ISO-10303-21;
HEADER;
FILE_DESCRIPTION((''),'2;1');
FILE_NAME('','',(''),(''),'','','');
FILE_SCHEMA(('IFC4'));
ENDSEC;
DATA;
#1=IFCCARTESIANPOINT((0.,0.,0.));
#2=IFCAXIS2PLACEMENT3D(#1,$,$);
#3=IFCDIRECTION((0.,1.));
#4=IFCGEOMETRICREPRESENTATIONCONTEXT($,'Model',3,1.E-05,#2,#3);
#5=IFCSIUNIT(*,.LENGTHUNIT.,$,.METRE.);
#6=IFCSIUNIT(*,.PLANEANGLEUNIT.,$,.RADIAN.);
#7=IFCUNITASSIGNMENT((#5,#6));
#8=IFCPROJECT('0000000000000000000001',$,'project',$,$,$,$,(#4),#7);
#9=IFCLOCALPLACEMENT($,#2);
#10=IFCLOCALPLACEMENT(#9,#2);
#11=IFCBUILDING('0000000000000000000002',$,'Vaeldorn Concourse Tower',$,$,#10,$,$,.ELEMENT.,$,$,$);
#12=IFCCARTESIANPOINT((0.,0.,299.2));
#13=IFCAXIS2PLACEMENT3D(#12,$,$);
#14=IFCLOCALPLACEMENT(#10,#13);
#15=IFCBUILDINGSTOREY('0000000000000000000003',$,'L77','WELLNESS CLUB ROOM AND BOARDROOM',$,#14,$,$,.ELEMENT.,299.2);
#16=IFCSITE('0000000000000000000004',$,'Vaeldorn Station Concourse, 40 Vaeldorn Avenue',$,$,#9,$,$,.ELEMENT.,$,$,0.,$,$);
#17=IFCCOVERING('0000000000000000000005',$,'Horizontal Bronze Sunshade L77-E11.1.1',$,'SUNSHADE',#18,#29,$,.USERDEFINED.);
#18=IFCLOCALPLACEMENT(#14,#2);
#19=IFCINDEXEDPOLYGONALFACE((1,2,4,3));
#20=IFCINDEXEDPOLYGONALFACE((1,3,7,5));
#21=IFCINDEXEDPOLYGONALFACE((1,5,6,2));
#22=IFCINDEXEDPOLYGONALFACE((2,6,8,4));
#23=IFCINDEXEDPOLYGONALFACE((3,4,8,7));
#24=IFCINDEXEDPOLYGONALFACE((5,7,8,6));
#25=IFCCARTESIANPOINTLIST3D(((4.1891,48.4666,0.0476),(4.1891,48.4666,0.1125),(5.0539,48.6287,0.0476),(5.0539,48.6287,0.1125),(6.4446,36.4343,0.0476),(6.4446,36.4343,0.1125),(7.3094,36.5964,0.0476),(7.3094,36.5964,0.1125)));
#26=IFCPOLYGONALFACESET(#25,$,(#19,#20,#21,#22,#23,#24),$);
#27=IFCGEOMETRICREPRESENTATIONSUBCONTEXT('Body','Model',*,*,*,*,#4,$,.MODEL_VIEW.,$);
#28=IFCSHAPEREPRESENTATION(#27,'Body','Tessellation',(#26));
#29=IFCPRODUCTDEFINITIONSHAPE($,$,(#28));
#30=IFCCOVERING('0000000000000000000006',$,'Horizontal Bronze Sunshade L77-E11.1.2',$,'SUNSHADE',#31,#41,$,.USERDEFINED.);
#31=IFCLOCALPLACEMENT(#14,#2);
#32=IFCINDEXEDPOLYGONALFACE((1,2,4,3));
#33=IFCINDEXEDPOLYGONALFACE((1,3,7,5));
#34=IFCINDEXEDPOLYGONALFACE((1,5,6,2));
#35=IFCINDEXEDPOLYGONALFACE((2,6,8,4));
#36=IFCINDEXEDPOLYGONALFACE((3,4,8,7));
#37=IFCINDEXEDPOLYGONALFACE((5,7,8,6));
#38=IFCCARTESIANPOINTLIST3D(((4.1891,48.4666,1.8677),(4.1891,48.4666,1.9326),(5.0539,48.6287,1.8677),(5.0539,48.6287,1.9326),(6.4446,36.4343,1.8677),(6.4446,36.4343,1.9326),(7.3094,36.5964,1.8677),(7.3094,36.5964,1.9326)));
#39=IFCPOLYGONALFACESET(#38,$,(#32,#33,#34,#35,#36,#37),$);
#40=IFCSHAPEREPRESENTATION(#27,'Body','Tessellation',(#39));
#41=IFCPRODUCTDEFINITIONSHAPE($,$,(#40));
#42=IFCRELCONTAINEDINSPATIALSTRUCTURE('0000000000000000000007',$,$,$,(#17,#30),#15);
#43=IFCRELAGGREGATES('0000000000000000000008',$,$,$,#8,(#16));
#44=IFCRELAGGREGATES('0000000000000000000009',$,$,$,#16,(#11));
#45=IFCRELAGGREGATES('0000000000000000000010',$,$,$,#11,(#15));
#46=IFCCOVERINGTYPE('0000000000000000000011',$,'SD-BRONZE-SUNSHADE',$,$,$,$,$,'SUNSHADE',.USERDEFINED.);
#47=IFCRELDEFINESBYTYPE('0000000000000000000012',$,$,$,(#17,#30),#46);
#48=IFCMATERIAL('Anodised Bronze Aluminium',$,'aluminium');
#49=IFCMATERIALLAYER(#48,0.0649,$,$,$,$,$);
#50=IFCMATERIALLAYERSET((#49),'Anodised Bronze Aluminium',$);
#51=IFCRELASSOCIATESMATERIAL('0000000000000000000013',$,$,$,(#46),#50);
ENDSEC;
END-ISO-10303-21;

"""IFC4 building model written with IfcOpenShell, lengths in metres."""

from ifc_helpers import new_model, si_unit, direction, frame, origin, origin_2d, place, context, subcontext, project, spatial, rectangle, extrude, source, transform, mapped, material, layer, layer_set, type_object, element, save


model = new_model("IFC4")

# Units and contexts
model_context = context("Model", 3, precision=1e-05, world=origin(), true_north=direction((0.0, 1.0)))
body_context = subcontext(model_context, "Body", "Model", "MODEL_VIEW")
ifc_project = project(units=[si_unit("LENGTHUNIT", "METRE"), si_unit("PLANEANGLEUNIT", "RADIAN")], contexts=[model_context])

# Site, building, storey
site_placement = place(None, origin())
site = spatial("IfcSite", under=ifc_project, at=site_placement, Name="Vaeldorn Station Concourse, 40 Vaeldorn Avenue", CompositionType="ELEMENT", RefElevation=0.0)
building_placement = place(site_placement, origin())
building = spatial("IfcBuilding", under=site, at=building_placement, Name="Vaeldorn Concourse Tower", CompositionType="ELEMENT")
storey_placement = place(building_placement, frame((0.0, 0.0, 299.2)))
storey = spatial("IfcBuildingStorey", under=building, at=storey_placement, Name="L77", Description="WELLNESS CLUB ROOM AND BOARDROOM", CompositionType="ELEMENT", Elevation=299.2)

# Shared definitions
ifc_material_1 = material(Name="Anodised Bronze Aluminium", Category="aluminium")

# Coverings
ifc_layer_1 = layer(ifc_material_1, 0.0649)
ifc_layer_set_1 = layer_set([ifc_layer_1], Name="Anodised Bronze Aluminium")
covering_type = type_object("IfcCoveringType", Name="SD-BRONZE-SUNSHADE", ElementType="SUNSHADE", PredefinedType="USERDEFINED", material=ifc_layer_set_1)
shared_shape_1 = source(origin(), body_context, "Body", "SweptSolid", [
    extrude(rectangle(XDim=12.2419, YDim=0.8799, at=origin_2d()), origin(), (0.0, 0.0, 1.0), 0.0649),
])
for number, where, z_axis, x_axis, name in (
    (1, (5.7493, 42.5315, 0.0476), (0.0, 0.0, 1.0), (0.184243, -0.982881, 0.0), "Horizontal Bronze Sunshade L77-E11.1.1"),
    (2, (5.7493, 42.5315, 1.8677), (0.0, 0.0, 1.0), (0.184243, -0.982881, 0.0), "Horizontal Bronze Sunshade L77-E11.1.2"),
):
    element("IfcCovering", number, at=place(storey_placement, frame(where, z_axis=z_axis, x_axis=x_axis)), inside=storey, type_object=covering_type, Name=name, ObjectType="SUNSHADE", PredefinedType="USERDEFINED", context=body_context, shape_type="MappedRepresentation", body=[
        mapped(shared_shape_1, transform((0.0, 0.0, 0.0), scale=1.0)),
    ])

save(model, "model.ifc")
